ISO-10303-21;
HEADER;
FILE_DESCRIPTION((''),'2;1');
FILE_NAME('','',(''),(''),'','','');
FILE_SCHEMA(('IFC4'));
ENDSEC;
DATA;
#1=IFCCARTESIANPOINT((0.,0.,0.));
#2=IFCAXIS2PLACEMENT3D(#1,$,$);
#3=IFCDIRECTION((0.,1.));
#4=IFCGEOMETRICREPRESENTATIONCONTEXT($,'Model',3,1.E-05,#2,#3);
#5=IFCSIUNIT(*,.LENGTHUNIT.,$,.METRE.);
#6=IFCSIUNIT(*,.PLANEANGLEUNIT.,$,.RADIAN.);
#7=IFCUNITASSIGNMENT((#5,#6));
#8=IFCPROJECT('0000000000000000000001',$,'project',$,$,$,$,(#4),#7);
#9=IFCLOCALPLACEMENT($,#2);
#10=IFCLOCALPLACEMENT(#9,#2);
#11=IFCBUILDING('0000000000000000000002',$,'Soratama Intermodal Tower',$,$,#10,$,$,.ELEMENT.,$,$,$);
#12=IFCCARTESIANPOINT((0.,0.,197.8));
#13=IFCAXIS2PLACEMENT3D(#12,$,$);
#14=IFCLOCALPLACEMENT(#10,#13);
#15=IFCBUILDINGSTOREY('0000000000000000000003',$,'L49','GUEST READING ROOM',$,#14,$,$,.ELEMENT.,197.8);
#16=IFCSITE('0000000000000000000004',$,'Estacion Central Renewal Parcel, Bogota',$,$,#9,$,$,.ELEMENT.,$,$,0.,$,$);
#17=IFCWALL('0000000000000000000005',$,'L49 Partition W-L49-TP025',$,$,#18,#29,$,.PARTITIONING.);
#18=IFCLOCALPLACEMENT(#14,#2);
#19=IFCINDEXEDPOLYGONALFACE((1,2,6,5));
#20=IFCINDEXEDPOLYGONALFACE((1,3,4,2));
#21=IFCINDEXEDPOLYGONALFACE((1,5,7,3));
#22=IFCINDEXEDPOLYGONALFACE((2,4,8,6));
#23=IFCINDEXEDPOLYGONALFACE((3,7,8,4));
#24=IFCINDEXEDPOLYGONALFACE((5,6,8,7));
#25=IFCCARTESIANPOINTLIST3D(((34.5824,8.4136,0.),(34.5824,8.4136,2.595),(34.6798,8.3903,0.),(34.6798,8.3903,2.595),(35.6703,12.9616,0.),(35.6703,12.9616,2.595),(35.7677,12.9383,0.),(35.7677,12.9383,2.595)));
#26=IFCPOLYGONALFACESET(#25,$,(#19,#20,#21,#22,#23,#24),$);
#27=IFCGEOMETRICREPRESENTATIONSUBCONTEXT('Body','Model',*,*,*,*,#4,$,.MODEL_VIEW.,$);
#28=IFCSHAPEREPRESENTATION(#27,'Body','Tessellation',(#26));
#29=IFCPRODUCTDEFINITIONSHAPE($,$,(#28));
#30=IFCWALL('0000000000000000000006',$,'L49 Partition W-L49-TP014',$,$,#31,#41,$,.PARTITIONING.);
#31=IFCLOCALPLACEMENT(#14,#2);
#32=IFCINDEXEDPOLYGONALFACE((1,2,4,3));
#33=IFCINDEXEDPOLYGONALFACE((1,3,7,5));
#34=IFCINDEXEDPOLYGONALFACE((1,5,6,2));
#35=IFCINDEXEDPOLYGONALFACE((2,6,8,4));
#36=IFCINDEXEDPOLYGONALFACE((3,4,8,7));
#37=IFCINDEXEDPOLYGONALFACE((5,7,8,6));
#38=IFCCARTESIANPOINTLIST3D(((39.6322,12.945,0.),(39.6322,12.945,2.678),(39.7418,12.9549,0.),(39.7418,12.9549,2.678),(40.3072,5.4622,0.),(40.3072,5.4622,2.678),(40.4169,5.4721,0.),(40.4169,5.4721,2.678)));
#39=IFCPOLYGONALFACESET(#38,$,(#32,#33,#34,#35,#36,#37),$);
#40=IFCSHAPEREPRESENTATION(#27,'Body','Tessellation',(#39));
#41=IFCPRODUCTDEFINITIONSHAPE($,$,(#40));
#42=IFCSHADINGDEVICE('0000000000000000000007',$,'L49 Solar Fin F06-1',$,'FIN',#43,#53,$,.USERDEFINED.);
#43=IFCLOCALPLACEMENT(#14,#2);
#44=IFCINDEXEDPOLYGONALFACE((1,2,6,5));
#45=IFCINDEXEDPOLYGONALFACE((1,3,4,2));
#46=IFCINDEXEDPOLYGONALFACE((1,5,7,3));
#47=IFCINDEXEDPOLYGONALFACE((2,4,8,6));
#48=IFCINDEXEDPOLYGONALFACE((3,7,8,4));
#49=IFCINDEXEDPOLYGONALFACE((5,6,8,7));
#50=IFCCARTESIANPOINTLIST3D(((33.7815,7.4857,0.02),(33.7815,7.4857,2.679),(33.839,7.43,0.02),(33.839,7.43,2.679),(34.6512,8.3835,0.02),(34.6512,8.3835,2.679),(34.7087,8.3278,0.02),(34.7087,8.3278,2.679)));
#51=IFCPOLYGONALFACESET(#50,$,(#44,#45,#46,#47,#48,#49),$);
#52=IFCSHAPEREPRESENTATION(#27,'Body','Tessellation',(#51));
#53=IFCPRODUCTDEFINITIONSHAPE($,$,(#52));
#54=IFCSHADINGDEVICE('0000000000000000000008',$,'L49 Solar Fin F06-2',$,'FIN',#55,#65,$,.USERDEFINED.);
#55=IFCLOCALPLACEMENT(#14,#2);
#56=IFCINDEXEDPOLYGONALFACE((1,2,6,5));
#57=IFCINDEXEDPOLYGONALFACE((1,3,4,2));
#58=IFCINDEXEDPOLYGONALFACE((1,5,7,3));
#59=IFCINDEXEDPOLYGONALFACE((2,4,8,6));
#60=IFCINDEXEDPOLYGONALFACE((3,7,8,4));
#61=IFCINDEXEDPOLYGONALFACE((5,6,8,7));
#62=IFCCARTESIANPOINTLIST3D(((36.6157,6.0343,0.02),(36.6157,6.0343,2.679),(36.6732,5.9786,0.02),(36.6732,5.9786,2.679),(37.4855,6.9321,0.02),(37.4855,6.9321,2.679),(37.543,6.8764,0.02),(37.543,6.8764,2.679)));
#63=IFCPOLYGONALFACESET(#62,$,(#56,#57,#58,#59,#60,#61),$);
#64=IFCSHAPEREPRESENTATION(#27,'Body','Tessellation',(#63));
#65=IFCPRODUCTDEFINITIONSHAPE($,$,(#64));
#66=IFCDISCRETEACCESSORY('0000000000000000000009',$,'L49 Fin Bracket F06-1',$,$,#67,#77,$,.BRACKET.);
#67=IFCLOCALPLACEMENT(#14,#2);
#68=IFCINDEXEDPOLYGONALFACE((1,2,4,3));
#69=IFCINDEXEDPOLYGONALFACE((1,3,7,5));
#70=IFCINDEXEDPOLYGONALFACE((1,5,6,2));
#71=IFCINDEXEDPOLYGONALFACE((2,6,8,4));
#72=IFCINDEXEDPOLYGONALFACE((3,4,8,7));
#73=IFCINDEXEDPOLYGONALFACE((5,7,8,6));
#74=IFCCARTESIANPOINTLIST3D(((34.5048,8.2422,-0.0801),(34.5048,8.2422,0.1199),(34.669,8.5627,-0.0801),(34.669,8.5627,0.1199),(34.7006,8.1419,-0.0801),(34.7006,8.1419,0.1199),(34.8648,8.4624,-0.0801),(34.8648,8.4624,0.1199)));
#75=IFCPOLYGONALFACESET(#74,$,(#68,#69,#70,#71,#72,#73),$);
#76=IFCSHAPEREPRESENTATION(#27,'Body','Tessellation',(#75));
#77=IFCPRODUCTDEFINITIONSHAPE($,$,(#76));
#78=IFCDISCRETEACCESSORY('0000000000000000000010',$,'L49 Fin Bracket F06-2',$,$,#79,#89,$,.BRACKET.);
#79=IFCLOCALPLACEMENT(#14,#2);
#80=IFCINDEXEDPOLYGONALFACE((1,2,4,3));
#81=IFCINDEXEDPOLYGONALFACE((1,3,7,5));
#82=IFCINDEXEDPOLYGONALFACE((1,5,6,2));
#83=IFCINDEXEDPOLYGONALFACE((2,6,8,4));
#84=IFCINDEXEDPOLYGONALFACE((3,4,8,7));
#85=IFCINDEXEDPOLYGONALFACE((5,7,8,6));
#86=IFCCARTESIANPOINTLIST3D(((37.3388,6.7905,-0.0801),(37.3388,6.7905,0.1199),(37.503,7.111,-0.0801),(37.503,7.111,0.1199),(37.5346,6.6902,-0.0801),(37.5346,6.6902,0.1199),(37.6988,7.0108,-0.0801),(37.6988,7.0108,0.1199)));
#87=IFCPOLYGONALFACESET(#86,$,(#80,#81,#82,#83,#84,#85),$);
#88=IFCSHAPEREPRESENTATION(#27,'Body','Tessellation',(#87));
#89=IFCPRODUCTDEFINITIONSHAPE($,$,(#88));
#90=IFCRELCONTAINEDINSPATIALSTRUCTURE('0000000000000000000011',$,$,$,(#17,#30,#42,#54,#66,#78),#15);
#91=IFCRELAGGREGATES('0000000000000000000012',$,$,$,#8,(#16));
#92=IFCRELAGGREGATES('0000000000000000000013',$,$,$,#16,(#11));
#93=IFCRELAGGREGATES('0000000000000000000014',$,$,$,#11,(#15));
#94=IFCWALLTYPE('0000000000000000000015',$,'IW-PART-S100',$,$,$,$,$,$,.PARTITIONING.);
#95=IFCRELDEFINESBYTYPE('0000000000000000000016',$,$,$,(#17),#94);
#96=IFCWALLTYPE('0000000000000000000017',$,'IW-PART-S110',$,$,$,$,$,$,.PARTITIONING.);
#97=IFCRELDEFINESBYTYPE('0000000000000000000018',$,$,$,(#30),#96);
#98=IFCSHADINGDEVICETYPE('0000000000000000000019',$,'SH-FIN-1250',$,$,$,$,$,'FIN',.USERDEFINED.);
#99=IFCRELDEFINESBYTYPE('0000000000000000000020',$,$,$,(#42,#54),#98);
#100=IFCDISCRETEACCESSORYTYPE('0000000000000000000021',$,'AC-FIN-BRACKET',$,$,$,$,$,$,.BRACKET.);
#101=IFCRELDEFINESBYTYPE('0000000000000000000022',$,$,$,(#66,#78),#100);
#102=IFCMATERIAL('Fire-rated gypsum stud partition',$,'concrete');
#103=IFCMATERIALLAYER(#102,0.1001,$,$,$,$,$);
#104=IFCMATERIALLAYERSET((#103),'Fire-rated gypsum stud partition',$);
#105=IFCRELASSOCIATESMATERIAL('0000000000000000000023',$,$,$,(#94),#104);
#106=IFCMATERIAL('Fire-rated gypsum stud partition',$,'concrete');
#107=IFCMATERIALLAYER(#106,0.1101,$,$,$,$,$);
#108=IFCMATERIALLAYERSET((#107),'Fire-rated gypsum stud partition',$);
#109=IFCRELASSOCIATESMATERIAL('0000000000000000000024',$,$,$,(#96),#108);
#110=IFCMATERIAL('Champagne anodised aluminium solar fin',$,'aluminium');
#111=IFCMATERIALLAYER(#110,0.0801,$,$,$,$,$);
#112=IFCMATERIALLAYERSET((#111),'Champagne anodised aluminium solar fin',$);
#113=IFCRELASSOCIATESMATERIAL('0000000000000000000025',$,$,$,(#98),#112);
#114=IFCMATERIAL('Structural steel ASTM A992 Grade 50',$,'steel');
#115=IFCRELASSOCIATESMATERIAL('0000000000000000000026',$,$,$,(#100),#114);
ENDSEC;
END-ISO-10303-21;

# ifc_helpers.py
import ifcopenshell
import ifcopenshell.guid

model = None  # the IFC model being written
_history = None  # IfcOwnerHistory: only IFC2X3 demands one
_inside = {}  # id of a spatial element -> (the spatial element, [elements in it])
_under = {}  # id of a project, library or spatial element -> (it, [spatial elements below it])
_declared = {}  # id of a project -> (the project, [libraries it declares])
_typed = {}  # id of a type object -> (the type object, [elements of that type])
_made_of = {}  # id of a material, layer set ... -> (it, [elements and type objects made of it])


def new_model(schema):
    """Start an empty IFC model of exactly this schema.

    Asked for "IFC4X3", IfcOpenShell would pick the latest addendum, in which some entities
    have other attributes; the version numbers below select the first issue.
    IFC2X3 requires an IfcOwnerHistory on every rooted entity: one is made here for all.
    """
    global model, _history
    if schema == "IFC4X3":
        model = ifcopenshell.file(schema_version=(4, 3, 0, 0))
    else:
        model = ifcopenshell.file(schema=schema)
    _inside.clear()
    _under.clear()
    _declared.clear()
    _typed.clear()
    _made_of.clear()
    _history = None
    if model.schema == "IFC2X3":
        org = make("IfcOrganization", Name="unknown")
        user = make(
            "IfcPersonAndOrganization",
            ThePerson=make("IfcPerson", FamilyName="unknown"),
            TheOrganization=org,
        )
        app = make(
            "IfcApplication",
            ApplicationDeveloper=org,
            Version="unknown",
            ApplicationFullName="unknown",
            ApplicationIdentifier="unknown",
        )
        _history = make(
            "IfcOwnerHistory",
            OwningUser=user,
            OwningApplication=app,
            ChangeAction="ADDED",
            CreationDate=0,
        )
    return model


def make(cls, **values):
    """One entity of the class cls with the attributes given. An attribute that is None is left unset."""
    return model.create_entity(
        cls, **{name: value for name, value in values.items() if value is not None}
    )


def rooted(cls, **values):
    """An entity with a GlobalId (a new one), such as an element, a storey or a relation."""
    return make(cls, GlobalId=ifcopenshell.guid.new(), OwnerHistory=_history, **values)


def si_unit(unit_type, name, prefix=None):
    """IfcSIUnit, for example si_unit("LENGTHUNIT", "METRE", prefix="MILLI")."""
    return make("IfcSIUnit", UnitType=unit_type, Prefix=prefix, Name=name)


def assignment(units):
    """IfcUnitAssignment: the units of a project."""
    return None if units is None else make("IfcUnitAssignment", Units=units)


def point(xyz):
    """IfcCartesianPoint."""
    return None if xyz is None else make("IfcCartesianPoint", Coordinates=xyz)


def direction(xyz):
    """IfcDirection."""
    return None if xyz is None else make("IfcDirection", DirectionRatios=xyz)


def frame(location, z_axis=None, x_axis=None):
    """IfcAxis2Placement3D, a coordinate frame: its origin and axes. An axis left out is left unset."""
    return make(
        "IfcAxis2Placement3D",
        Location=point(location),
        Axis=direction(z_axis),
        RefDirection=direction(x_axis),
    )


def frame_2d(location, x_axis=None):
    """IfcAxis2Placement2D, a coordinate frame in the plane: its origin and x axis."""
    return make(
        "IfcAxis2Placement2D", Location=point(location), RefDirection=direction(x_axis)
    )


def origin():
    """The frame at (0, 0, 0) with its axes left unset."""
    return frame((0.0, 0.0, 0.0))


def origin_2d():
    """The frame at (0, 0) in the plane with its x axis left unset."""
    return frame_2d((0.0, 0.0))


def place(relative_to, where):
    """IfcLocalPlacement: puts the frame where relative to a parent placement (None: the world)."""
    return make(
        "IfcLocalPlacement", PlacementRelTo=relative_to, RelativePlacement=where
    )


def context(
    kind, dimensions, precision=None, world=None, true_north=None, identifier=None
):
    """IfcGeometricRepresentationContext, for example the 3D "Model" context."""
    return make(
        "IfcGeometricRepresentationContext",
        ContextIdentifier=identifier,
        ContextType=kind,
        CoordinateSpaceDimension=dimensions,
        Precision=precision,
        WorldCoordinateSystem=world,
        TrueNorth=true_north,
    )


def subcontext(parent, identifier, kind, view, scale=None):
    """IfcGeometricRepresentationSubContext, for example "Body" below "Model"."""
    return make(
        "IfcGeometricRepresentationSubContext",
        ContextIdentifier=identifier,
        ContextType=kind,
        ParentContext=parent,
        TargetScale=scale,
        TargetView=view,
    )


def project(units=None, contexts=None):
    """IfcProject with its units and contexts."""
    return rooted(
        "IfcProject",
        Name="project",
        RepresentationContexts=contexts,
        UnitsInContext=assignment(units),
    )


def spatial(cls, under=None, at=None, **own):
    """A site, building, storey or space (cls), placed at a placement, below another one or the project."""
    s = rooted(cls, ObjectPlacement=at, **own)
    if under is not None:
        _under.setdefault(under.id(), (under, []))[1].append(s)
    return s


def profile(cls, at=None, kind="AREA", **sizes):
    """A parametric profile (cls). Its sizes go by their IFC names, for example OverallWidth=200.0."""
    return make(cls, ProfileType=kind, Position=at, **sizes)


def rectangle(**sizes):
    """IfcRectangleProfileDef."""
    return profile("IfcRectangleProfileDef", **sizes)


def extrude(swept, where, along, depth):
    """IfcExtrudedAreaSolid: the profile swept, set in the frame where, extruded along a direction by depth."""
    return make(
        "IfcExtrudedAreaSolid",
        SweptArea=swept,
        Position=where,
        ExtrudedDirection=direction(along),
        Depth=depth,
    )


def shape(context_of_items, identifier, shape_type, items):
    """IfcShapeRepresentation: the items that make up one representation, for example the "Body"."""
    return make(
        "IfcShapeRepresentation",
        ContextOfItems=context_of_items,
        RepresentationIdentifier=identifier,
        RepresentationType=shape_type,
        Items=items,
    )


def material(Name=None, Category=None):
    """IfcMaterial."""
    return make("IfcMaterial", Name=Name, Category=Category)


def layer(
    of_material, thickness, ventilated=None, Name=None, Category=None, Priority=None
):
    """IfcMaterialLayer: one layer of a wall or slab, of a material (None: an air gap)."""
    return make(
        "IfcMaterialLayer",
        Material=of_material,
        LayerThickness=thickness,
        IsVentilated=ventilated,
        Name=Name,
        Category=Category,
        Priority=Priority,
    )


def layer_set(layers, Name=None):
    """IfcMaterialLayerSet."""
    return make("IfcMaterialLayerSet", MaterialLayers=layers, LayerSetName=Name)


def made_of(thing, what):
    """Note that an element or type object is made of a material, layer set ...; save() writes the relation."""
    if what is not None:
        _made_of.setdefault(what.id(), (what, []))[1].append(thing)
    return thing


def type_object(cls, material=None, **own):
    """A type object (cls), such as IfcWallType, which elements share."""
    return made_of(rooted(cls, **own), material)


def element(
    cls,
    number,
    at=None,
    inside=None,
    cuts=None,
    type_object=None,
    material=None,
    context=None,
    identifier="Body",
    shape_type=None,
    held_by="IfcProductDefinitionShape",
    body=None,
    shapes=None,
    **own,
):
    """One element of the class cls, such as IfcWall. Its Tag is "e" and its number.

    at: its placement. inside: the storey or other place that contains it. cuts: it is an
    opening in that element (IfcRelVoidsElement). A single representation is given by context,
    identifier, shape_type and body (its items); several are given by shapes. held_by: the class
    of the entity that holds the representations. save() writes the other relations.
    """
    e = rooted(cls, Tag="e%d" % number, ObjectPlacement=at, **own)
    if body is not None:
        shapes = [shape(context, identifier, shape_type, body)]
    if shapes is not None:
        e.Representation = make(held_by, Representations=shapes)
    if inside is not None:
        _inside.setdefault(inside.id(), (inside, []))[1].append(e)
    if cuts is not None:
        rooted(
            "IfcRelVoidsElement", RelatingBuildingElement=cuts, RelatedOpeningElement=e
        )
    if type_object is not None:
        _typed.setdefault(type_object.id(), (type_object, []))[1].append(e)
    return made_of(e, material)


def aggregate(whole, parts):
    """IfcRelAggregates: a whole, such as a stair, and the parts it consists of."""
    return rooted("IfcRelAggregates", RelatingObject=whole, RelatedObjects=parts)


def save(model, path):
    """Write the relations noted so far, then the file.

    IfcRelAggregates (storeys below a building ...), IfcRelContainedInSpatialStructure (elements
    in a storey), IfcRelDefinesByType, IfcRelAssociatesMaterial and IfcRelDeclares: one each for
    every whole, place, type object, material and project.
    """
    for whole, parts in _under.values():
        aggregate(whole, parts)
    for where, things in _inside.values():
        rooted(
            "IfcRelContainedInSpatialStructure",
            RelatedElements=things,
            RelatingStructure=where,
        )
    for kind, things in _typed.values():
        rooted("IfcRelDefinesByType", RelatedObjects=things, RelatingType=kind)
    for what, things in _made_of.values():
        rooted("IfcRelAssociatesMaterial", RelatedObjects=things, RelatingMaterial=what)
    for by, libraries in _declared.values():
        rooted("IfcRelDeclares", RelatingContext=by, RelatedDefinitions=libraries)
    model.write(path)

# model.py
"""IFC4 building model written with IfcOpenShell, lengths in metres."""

from ifc_helpers import new_model, si_unit, direction, frame, frame_2d, origin, origin_2d, place, context, subcontext, project, spatial, rectangle, extrude, material, layer, layer_set, type_object, element, save


model = new_model("IFC4")

# Units and contexts
model_context = context("Model", 3, precision=1e-05, world=origin(), true_north=direction((0.0, 1.0)))
body_context = subcontext(model_context, "Body", "Model", "MODEL_VIEW")
ifc_project = project(units=[si_unit("LENGTHUNIT", "METRE"), si_unit("PLANEANGLEUNIT", "RADIAN")], contexts=[model_context])

# Site, building, storey
site_placement = place(None, origin())
site = spatial("IfcSite", under=ifc_project, at=site_placement, Name="Estacion Central Renewal Parcel, Bogota", CompositionType="ELEMENT", RefElevation=0.0)
building_placement = place(site_placement, origin())
building = spatial("IfcBuilding", under=site, at=building_placement, Name="Soratama Intermodal Tower", CompositionType="ELEMENT")
storey_placement = place(building_placement, frame((0.0, 0.0, 197.8)))
storey = spatial("IfcBuildingStorey", under=building, at=storey_placement, Name="L49", Description="GUEST READING ROOM", CompositionType="ELEMENT", Elevation=197.8)

# Walls
ifc_material_1 = material(Name="Fire-rated gypsum stud partition", Category="concrete")
ifc_layer_1 = layer(ifc_material_1, 0.1001)
ifc_layer_set_1 = layer_set([ifc_layer_1], Name="Fire-rated gypsum stud partition")
wall_type_1 = type_object("IfcWallType", Name="IW-PART-S100", PredefinedType="PARTITIONING", material=ifc_layer_set_1)
wall_1_placement = place(storey_placement, frame((35.719, 12.95, 0.0), z_axis=(0.0, 0.0, 1.0), x_axis=(-0.232646, -0.972561, 0.0)))
element("IfcWall", 1, at=wall_1_placement, inside=storey, type_object=wall_type_1, Name="L49 Partition W-L49-TP025", PredefinedType="PARTITIONING", context=body_context, shape_type="SweptSolid", body=[
    extrude(rectangle(XDim=4.6763, YDim=0.1001, at=frame_2d((2.3381, 0.0))), origin(), (0.0, 0.0, 1.0), 2.595),
])
ifc_material_2 = material(Name="Fire-rated gypsum stud partition", Category="concrete")
ifc_layer_2 = layer(ifc_material_2, 0.1101)
ifc_layer_set_2 = layer_set([ifc_layer_2], Name="Fire-rated gypsum stud partition")
wall_type_2 = type_object("IfcWallType", Name="IW-PART-S110", PredefinedType="PARTITIONING", material=ifc_layer_set_2)
wall_2_placement = place(storey_placement, frame((39.687, 12.95, 0.0), z_axis=(0.0, 0.0, 1.0), x_axis=(0.089847, -0.995956, 0.0)))
element("IfcWall", 2, at=wall_2_placement, inside=storey, type_object=wall_type_2, Name="L49 Partition W-L49-TP014", PredefinedType="PARTITIONING", context=body_context, shape_type="SweptSolid", body=[
    extrude(rectangle(XDim=7.5132, YDim=0.1101, at=frame_2d((3.7566, 0.0))), origin(), (0.0, 0.0, 1.0), 2.678),
])

# Shading devices
ifc_material_3 = material(Name="Champagne anodised aluminium solar fin", Category="aluminium")
ifc_layer_3 = layer(ifc_material_3, 0.0801)
ifc_layer_set_3 = layer_set([ifc_layer_3], Name="Champagne anodised aluminium solar fin")
shading_device_type = type_object("IfcShadingDeviceType", Name="SH-FIN-1250", ElementType="FIN", PredefinedType="USERDEFINED", material=ifc_layer_set_3)
for number, where, z_axis, x_axis, name in (
    (3, (34.2451, 7.9067, 0.02), (0.0, 0.0, 1.0), (-0.695787, -0.718248, 0.0), "L49 Solar Fin F06-1"),
    (4, (37.0793, 6.4553, 0.02), (0.0, 0.0, 1.0), (-0.695787, -0.718248, 0.0), "L49 Solar Fin F06-2"),
):
    element("IfcShadingDevice", number, at=place(storey_placement, frame(where, z_axis=z_axis, x_axis=x_axis)), inside=storey, type_object=shading_device_type, Name=name, ObjectType="FIN", PredefinedType="USERDEFINED", context=body_context, shape_type="SweptSolid", body=[
        extrude(rectangle(XDim=1.25, YDim=0.0801, at=origin_2d()), origin(), (0.0, 0.0, 1.0), 2.6589),
    ])

# Discrete accessories
ifc_material_4 = material(Name="Structural steel ASTM A992 Grade 50", Category="steel")
discrete_accessory_type = type_object("IfcDiscreteAccessoryType", Name="AC-FIN-BRACKET", PredefinedType="BRACKET", material=ifc_material_4)
for number, where, z_axis, x_axis, name in (
    (5, (34.6848, 8.3523, -0.0801), (0.0, 0.0, 1.0), (-0.455856, -0.890054, 0.0), "L49 Fin Bracket F06-1"),
    (6, (37.5188, 6.9006, -0.0801), (0.0, 0.0, 1.0), (-0.455856, -0.890054, 0.0), "L49 Fin Bracket F06-2"),
):
    element("IfcDiscreteAccessory", number, at=place(storey_placement, frame(where, z_axis=z_axis, x_axis=x_axis)), inside=storey, type_object=discrete_accessory_type, Name=name, PredefinedType="BRACKET", context=body_context, shape_type="SweptSolid", body=[
        extrude(rectangle(XDim=0.3601, YDim=0.22, at=origin_2d()), origin(), (0.0, 0.0, 1.0), 0.2),
    ])

save(model, "model.ifc")
